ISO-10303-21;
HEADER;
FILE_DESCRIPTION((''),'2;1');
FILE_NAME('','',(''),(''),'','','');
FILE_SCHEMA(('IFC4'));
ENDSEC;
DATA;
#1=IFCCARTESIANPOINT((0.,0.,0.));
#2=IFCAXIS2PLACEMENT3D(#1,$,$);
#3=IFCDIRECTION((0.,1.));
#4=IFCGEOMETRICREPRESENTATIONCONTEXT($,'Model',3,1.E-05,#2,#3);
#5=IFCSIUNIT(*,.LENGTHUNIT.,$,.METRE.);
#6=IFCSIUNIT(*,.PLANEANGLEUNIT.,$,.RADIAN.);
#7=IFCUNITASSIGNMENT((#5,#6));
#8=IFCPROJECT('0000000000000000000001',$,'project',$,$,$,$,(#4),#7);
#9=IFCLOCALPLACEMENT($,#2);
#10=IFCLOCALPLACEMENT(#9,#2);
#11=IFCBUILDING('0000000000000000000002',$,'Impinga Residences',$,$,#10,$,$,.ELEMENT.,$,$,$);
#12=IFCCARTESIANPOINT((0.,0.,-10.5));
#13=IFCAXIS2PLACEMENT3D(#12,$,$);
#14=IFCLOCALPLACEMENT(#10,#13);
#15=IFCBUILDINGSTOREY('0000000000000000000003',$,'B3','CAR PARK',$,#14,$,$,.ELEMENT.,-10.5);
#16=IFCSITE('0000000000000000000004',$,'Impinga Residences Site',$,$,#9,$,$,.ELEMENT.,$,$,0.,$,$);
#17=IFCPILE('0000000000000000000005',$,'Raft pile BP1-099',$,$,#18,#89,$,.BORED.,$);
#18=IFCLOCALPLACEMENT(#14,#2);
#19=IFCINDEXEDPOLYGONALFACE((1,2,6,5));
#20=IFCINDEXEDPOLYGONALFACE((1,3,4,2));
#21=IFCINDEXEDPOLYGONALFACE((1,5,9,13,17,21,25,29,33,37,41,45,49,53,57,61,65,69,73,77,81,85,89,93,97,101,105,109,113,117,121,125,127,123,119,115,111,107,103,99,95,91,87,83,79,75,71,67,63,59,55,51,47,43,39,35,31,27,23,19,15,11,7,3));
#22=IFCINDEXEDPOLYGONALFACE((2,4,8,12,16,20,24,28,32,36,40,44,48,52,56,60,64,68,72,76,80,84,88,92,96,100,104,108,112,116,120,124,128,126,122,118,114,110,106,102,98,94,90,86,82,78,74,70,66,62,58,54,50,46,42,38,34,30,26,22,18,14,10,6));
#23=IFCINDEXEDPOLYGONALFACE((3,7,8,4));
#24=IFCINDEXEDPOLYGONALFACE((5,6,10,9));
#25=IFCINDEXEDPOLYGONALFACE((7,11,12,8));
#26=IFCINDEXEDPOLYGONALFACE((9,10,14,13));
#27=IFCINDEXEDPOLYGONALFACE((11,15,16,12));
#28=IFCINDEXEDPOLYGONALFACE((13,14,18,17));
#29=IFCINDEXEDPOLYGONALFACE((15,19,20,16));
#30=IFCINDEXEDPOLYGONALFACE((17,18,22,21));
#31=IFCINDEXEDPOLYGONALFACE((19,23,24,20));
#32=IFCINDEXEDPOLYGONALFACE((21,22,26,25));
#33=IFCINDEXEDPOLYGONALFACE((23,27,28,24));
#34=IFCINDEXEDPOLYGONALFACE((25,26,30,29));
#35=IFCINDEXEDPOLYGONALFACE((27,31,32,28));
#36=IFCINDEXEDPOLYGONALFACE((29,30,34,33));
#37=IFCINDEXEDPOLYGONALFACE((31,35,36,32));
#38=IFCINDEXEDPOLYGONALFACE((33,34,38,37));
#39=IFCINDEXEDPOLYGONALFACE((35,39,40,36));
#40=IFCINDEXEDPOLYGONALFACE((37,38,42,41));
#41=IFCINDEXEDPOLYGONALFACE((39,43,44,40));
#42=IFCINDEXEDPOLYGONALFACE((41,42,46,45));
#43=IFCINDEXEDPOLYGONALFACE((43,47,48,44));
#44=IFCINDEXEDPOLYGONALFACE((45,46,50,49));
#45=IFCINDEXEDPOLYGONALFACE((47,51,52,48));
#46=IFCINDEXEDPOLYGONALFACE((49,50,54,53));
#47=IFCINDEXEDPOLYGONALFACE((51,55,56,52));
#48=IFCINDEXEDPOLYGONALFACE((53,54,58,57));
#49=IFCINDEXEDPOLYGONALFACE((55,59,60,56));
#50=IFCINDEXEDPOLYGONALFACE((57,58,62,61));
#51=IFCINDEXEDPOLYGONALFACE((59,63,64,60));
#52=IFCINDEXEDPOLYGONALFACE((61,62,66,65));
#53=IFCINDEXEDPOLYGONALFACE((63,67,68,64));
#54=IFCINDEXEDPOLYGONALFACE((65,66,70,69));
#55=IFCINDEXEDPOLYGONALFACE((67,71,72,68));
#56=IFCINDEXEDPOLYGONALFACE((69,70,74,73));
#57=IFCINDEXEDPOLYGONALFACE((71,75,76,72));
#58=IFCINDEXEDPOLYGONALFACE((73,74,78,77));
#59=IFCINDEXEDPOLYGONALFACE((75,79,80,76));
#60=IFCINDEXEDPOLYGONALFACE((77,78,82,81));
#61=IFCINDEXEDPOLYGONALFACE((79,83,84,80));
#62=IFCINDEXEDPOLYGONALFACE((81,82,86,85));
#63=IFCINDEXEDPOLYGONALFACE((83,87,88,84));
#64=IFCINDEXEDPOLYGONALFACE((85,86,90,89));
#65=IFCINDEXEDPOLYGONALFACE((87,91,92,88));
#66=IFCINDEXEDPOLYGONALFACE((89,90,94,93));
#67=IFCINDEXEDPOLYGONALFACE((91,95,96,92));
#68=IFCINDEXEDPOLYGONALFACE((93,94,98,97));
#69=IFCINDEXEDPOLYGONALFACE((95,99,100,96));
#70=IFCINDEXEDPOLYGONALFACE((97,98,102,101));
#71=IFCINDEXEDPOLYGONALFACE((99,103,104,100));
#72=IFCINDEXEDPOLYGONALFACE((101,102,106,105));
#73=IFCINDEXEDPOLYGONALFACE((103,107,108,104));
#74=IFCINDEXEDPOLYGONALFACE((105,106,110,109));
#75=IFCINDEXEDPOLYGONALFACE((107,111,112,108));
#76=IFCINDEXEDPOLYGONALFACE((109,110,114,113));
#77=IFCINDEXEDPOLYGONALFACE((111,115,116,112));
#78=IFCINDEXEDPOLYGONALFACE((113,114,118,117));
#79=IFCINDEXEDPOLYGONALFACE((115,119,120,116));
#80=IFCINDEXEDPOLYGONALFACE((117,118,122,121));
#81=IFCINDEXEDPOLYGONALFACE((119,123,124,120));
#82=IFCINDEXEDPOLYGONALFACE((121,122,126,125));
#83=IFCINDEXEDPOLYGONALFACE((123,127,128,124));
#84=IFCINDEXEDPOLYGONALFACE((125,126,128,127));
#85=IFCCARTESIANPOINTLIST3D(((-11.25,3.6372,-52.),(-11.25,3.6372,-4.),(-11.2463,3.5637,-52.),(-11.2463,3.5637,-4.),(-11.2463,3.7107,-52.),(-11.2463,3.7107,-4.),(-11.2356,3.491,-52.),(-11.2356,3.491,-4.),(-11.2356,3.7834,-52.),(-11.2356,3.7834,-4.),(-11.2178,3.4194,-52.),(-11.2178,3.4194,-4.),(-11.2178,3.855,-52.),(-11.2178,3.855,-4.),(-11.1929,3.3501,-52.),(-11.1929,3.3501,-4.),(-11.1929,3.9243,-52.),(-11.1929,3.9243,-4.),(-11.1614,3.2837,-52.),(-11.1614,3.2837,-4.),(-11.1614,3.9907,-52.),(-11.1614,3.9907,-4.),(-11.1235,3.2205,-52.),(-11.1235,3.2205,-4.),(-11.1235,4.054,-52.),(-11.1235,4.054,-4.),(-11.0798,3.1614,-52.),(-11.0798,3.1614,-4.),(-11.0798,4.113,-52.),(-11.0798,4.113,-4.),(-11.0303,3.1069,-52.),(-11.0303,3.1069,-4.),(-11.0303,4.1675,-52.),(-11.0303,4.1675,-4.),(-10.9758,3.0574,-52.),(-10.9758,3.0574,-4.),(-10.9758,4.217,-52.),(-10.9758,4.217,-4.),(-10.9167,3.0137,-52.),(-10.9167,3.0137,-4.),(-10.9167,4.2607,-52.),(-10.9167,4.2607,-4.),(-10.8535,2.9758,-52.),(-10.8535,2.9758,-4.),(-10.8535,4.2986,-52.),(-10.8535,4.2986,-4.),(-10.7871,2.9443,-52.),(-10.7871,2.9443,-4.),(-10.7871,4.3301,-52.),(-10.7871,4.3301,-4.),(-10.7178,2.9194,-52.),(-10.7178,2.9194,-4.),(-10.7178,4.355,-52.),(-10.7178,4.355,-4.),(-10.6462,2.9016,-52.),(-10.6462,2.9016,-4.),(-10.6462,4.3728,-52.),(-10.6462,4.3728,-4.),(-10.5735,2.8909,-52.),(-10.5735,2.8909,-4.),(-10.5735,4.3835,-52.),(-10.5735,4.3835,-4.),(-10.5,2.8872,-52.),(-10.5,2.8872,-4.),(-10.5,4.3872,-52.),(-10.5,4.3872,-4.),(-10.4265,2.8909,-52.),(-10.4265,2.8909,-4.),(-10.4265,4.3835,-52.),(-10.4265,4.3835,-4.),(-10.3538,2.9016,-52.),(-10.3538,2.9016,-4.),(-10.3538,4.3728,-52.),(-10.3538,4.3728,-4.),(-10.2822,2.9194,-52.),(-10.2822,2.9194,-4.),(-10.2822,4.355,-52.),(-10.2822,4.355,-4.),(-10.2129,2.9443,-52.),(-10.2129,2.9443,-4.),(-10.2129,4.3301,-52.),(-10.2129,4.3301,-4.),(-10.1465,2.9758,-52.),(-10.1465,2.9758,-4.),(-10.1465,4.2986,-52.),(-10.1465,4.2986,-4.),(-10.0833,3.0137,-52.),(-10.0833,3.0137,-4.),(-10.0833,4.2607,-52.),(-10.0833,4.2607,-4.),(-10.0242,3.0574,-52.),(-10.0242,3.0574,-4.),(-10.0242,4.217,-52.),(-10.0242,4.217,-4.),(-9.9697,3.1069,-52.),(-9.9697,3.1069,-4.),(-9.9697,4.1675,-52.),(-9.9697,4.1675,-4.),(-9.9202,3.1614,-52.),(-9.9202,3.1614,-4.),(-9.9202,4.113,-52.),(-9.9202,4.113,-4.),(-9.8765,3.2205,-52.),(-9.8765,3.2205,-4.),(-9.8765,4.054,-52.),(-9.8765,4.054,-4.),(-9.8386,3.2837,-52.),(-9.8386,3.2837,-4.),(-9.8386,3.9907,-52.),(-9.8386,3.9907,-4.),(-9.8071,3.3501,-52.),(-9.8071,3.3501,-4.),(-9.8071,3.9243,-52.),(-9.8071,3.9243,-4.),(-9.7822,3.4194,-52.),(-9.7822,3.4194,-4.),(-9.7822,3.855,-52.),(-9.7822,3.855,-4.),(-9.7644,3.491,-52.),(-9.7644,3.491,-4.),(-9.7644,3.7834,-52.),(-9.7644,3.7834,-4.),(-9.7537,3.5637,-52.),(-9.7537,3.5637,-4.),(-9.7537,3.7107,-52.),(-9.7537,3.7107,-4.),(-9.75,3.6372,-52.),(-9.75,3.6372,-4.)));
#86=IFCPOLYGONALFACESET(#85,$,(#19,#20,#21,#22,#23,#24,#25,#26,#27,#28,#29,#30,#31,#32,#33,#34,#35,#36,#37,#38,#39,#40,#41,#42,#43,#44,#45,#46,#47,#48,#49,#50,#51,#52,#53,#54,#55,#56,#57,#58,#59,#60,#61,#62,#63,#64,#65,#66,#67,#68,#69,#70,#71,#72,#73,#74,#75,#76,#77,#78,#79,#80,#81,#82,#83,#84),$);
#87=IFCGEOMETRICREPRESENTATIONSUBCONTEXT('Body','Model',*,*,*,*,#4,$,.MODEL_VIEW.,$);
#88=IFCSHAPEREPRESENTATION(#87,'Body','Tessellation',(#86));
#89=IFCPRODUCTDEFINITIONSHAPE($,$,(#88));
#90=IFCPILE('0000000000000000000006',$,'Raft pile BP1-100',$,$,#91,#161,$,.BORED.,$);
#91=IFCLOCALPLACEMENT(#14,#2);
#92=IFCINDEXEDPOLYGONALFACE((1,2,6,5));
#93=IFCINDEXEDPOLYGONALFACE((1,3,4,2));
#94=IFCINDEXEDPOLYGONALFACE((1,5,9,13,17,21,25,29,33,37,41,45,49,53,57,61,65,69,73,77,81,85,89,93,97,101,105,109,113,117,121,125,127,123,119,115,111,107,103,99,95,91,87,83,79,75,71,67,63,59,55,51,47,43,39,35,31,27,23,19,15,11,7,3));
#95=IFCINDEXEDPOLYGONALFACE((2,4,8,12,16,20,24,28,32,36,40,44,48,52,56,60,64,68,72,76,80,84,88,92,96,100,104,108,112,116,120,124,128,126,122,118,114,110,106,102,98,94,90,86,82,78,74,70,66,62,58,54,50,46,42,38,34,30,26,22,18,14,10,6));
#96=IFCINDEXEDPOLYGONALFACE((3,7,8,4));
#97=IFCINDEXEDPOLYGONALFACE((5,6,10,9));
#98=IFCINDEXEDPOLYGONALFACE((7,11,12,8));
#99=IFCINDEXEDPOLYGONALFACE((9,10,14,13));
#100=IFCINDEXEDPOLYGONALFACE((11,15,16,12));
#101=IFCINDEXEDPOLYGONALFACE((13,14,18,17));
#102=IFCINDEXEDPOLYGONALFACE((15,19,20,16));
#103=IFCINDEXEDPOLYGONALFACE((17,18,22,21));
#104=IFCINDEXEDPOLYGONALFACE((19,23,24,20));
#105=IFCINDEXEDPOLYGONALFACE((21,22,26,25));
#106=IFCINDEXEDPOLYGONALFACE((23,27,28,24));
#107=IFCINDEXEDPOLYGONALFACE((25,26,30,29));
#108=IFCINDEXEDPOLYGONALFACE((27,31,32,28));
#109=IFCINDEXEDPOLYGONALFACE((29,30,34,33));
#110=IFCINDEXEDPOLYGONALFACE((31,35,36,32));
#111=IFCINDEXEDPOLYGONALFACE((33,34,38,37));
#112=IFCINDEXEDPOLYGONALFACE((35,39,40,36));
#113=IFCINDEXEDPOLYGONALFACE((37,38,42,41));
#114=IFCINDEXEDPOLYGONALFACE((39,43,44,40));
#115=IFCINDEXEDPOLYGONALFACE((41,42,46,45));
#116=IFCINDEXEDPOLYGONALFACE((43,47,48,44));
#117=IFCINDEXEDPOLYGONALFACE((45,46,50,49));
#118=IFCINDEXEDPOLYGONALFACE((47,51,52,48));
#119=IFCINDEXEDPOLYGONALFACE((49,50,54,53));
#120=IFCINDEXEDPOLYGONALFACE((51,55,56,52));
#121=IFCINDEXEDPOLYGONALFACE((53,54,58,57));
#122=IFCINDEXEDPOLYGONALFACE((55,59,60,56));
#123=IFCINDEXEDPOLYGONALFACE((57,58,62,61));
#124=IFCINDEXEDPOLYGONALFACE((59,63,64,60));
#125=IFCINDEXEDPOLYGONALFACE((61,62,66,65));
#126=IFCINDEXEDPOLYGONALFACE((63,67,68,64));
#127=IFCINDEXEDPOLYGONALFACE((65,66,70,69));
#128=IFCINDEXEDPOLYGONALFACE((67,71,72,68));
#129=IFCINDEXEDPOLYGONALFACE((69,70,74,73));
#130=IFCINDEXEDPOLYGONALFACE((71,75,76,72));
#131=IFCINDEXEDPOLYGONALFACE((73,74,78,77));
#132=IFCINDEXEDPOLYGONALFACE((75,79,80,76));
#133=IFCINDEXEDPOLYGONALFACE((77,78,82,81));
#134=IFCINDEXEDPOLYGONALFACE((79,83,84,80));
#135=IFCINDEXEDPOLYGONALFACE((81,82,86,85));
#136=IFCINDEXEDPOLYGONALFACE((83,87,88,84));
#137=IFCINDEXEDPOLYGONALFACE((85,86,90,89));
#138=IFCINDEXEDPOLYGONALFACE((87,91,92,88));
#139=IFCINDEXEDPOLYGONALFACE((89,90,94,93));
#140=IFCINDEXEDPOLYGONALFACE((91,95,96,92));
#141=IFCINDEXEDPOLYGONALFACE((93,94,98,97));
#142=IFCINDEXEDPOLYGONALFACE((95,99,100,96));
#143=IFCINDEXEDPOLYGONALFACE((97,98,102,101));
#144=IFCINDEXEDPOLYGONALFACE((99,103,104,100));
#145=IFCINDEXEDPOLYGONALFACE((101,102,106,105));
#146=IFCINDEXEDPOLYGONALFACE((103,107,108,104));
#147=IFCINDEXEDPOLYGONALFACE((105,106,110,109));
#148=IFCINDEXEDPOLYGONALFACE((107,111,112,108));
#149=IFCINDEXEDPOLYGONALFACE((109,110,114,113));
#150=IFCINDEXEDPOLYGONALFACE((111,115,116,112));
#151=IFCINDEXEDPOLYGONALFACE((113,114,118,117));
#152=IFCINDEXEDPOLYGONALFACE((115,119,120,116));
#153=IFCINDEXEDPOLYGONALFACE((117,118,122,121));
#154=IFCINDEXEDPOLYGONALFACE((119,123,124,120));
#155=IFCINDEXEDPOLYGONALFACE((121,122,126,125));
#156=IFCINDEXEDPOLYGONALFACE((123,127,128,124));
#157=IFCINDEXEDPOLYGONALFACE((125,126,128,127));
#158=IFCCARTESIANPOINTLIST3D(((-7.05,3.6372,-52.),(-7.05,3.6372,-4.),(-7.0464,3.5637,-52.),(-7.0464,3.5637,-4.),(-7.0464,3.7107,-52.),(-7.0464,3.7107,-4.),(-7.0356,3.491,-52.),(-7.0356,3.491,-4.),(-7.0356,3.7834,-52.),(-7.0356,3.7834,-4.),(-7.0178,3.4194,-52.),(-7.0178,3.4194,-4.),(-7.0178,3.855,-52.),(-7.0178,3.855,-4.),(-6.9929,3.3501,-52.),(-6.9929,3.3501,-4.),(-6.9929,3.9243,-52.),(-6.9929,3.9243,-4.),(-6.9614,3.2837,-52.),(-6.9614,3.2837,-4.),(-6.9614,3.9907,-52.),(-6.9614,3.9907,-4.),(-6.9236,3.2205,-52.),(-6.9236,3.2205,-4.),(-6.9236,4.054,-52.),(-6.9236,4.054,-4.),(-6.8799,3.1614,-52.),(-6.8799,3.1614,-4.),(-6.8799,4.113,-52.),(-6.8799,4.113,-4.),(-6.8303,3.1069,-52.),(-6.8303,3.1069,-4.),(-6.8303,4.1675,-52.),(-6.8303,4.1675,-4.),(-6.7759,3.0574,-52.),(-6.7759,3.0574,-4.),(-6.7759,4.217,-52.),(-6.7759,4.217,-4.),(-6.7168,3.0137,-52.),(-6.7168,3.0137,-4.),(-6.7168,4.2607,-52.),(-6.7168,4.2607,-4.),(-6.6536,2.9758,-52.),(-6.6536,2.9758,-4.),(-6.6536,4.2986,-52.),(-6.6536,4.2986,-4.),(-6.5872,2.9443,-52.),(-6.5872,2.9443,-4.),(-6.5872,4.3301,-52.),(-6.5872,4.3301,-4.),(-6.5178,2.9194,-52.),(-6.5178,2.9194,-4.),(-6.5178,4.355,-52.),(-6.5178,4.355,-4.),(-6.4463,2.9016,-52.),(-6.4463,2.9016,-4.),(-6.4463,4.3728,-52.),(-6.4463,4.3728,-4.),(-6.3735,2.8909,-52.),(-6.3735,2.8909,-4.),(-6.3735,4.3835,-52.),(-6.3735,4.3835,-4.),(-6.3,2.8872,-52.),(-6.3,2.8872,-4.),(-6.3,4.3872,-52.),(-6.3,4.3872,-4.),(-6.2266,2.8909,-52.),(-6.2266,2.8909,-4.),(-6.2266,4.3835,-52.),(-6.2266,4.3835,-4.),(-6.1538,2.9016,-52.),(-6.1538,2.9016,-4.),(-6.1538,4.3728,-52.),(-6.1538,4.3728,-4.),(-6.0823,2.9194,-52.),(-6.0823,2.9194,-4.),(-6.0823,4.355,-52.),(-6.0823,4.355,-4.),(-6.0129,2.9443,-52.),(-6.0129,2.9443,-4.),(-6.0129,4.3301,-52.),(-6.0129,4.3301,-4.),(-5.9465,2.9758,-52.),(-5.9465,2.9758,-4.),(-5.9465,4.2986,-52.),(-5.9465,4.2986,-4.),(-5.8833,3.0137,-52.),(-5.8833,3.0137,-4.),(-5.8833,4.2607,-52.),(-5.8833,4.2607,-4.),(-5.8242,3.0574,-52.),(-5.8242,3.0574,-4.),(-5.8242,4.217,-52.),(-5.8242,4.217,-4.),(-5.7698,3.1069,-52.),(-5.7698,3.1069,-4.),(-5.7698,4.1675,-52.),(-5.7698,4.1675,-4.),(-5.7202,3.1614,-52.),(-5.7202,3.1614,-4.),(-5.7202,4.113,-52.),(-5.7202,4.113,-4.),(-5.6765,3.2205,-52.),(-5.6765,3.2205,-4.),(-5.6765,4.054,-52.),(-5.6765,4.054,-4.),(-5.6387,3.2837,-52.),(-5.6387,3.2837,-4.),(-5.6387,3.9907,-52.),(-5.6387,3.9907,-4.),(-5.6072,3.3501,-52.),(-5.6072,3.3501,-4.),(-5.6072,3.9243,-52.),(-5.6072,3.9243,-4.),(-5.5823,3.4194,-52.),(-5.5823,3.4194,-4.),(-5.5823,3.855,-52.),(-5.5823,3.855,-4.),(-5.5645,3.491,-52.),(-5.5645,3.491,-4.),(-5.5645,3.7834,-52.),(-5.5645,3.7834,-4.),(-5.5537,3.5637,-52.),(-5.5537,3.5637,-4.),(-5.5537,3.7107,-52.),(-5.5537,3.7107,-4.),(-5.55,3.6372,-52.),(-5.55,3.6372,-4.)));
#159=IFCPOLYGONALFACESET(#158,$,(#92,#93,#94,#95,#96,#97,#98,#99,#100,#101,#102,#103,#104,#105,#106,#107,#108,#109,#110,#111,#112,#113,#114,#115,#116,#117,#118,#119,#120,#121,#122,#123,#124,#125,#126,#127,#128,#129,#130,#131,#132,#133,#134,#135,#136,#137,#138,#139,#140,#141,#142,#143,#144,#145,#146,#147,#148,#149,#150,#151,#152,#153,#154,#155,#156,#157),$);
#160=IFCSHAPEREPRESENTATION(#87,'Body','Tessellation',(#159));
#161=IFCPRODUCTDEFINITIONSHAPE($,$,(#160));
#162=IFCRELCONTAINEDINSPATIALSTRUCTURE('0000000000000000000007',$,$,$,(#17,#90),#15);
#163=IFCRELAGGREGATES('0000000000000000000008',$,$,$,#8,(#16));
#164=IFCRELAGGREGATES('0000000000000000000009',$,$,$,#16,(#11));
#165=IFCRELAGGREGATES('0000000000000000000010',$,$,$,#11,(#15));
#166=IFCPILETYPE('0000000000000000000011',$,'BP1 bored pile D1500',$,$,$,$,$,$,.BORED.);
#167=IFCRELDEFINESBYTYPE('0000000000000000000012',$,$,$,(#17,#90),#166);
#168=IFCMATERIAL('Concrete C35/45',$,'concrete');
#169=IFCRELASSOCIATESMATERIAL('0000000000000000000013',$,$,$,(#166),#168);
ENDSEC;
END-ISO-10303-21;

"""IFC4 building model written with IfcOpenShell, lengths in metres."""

from ifc_helpers import new_model, si_unit, direction, frame, origin, origin_2d, place, context, subcontext, project, spatial, polyline, circle, outline, extrude, material, material_profile, profile_set, type_object, element, save


model = new_model("IFC4")

# Units and contexts
model_context = context("Model", 3, precision=1e-05, world=origin(), true_north=direction((0.0, 1.0)))
body_context = subcontext(model_context, "Body", "Model", "MODEL_VIEW")
ifc_project = project(units=[si_unit("LENGTHUNIT", "METRE"), si_unit("PLANEANGLEUNIT", "RADIAN")], contexts=[model_context])

# Site, building, storey
site_placement = place(None, origin())
site = spatial("IfcSite", under=ifc_project, at=site_placement, Name="Impinga Residences Site", CompositionType="ELEMENT", RefElevation=0.0)
building_placement = place(site_placement, origin())
building = spatial("IfcBuilding", under=site, at=building_placement, Name="Impinga Residences", CompositionType="ELEMENT")
storey_placement = place(building_placement, frame((0.0, 0.0, -10.5)))
storey = spatial("IfcBuildingStorey", under=building, at=storey_placement, Name="B3", Description="CAR PARK", CompositionType="ELEMENT", Elevation=-10.5)

# Piles
ifc_material_1 = material(Name="Concrete C35/45", Category="concrete")
ifc_material_profile_1 = material_profile(ifc_material_1, circle(Radius=0.75, at=origin_2d()), Name="D1500")
ifc_profile_set_1 = profile_set([ifc_material_profile_1], Name="Concrete C35/45")
pile_type_1 = type_object("IfcPileType", Name="BP1 bored pile D1500", PredefinedType="BORED", material=ifc_profile_set_1)
pile_1_placement = place(storey_placement, frame((-10.5, 3.6372, -4.0), z_axis=(0.0, 0.0, -1.0), x_axis=(1.0, 0.0, 0.0)))
element("IfcPile", 1, at=pile_1_placement, inside=storey, type_object=pile_type_1, Name="Raft pile BP1-099", PredefinedType="BORED", context=body_context, shape_type="SweptSolid", body=[
    extrude(outline(polyline([(0.75, 0.0), (0.7463, 0.0735), (0.7356, 0.1462), (0.7178, 0.2178), (0.6929, 0.2871), (0.6614, 0.3535), (0.6235, 0.4167), (0.5798, 0.4758), (0.5303, 0.5303), (0.4758, 0.5798), (0.4167, 0.6235), (0.3535, 0.6614), (0.2871, 0.6929), (0.2178, 0.7178), (0.1462, 0.7356), (0.0735, 0.7463), (0.0, 0.75), (-0.0735, 0.7463), (-0.1462, 0.7356), (-0.2178, 0.7178), (-0.2871, 0.6929), (-0.3535, 0.6614), (-0.4167, 0.6235), (-0.4758, 0.5798), (-0.5303, 0.5303), (-0.5798, 0.4758), (-0.6235, 0.4167), (-0.6614, 0.3535), (-0.6929, 0.2871), (-0.7178, 0.2178), (-0.7356, 0.1462), (-0.7463, 0.0735), (-0.75, 0.0), (-0.7463, -0.0735), (-0.7356, -0.1462), (-0.7178, -0.2178), (-0.6929, -0.2871), (-0.6614, -0.3535), (-0.6235, -0.4167), (-0.5798, -0.4758), (-0.5303, -0.5303), (-0.4758, -0.5798), (-0.4167, -0.6235), (-0.3535, -0.6614), (-0.2871, -0.6929), (-0.2178, -0.7178), (-0.1462, -0.7356), (-0.0735, -0.7463), (0.0, -0.75), (0.0735, -0.7463), (0.1462, -0.7356), (0.2178, -0.7178), (0.2871, -0.6929), (0.3535, -0.6614), (0.4167, -0.6235), (0.4758, -0.5798), (0.5303, -0.5303), (0.5798, -0.4758), (0.6235, -0.4167), (0.6614, -0.3535), (0.6929, -0.2871), (0.7178, -0.2178), (0.7356, -0.1462), (0.7463, -0.0735), (0.75, 0.0)])), origin(), (0.0, 0.0, 1.0), 48.0),
])
pile_2_placement = place(storey_placement, frame((-6.3, 3.6372, -4.0), z_axis=(0.0, 0.0, -1.0), x_axis=(1.0, 0.0, 0.0)))
element("IfcPile", 2, at=pile_2_placement, inside=storey, type_object=pile_type_1, Name="Raft pile BP1-100", PredefinedType="BORED", context=body_context, shape_type="SweptSolid", body=[
    extrude(outline(polyline([(0.75, 0.0), (0.7463, 0.0735), (0.7356, 0.1462), (0.7178, 0.2178), (0.6929, 0.2871), (0.6614, 0.3535), (0.6235, 0.4167), (0.5798, 0.4758), (0.5303, 0.5303), (0.4758, 0.5798), (0.4167, 0.6235), (0.3535, 0.6614), (0.2871, 0.6929), (0.2178, 0.7178), (0.1462, 0.7356), (0.0735, 0.7463), (0.0, 0.75), (-0.0735, 0.7463), (-0.1462, 0.7356), (-0.2178, 0.7178), (-0.2871, 0.6929), (-0.3535, 0.6614), (-0.4167, 0.6235), (-0.4758, 0.5798), (-0.5303, 0.5303), (-0.5798, 0.4758), (-0.6235, 0.4167), (-0.6614, 0.3535), (-0.6929, 0.2871), (-0.7178, 0.2178), (-0.7356, 0.1462), (-0.7463, 0.0735), (-0.75, 0.0), (-0.7463, -0.0735), (-0.7356, -0.1462), (-0.7178, -0.2178), (-0.6929, -0.2871), (-0.6614, -0.3535), (-0.6235, -0.4167), (-0.5798, -0.4758), (-0.5303, -0.5303), (-0.4758, -0.5798), (-0.4167, -0.6235), (-0.3535, -0.6614), (-0.2871, -0.6929), (-0.2178, -0.7178), (-0.1462, -0.7356), (-0.0735, -0.7463), (0.0, -0.75), (0.0735, -0.7463), (0.1462, -0.7356), (0.2178, -0.7178), (0.2871, -0.6929), (0.3535, -0.6614), (0.4167, -0.6235), (0.4758, -0.5798), (0.5303, -0.5303), (0.5798, -0.4758), (0.6235, -0.4167), (0.6614, -0.3535), (0.6929, -0.2871), (0.7178, -0.2178), (0.7356, -0.1462), (0.7463, -0.0735), (0.75, 0.0)])), origin(), (0.0, 0.0, 1.0), 48.0),
])

save(model, "model.ifc")
